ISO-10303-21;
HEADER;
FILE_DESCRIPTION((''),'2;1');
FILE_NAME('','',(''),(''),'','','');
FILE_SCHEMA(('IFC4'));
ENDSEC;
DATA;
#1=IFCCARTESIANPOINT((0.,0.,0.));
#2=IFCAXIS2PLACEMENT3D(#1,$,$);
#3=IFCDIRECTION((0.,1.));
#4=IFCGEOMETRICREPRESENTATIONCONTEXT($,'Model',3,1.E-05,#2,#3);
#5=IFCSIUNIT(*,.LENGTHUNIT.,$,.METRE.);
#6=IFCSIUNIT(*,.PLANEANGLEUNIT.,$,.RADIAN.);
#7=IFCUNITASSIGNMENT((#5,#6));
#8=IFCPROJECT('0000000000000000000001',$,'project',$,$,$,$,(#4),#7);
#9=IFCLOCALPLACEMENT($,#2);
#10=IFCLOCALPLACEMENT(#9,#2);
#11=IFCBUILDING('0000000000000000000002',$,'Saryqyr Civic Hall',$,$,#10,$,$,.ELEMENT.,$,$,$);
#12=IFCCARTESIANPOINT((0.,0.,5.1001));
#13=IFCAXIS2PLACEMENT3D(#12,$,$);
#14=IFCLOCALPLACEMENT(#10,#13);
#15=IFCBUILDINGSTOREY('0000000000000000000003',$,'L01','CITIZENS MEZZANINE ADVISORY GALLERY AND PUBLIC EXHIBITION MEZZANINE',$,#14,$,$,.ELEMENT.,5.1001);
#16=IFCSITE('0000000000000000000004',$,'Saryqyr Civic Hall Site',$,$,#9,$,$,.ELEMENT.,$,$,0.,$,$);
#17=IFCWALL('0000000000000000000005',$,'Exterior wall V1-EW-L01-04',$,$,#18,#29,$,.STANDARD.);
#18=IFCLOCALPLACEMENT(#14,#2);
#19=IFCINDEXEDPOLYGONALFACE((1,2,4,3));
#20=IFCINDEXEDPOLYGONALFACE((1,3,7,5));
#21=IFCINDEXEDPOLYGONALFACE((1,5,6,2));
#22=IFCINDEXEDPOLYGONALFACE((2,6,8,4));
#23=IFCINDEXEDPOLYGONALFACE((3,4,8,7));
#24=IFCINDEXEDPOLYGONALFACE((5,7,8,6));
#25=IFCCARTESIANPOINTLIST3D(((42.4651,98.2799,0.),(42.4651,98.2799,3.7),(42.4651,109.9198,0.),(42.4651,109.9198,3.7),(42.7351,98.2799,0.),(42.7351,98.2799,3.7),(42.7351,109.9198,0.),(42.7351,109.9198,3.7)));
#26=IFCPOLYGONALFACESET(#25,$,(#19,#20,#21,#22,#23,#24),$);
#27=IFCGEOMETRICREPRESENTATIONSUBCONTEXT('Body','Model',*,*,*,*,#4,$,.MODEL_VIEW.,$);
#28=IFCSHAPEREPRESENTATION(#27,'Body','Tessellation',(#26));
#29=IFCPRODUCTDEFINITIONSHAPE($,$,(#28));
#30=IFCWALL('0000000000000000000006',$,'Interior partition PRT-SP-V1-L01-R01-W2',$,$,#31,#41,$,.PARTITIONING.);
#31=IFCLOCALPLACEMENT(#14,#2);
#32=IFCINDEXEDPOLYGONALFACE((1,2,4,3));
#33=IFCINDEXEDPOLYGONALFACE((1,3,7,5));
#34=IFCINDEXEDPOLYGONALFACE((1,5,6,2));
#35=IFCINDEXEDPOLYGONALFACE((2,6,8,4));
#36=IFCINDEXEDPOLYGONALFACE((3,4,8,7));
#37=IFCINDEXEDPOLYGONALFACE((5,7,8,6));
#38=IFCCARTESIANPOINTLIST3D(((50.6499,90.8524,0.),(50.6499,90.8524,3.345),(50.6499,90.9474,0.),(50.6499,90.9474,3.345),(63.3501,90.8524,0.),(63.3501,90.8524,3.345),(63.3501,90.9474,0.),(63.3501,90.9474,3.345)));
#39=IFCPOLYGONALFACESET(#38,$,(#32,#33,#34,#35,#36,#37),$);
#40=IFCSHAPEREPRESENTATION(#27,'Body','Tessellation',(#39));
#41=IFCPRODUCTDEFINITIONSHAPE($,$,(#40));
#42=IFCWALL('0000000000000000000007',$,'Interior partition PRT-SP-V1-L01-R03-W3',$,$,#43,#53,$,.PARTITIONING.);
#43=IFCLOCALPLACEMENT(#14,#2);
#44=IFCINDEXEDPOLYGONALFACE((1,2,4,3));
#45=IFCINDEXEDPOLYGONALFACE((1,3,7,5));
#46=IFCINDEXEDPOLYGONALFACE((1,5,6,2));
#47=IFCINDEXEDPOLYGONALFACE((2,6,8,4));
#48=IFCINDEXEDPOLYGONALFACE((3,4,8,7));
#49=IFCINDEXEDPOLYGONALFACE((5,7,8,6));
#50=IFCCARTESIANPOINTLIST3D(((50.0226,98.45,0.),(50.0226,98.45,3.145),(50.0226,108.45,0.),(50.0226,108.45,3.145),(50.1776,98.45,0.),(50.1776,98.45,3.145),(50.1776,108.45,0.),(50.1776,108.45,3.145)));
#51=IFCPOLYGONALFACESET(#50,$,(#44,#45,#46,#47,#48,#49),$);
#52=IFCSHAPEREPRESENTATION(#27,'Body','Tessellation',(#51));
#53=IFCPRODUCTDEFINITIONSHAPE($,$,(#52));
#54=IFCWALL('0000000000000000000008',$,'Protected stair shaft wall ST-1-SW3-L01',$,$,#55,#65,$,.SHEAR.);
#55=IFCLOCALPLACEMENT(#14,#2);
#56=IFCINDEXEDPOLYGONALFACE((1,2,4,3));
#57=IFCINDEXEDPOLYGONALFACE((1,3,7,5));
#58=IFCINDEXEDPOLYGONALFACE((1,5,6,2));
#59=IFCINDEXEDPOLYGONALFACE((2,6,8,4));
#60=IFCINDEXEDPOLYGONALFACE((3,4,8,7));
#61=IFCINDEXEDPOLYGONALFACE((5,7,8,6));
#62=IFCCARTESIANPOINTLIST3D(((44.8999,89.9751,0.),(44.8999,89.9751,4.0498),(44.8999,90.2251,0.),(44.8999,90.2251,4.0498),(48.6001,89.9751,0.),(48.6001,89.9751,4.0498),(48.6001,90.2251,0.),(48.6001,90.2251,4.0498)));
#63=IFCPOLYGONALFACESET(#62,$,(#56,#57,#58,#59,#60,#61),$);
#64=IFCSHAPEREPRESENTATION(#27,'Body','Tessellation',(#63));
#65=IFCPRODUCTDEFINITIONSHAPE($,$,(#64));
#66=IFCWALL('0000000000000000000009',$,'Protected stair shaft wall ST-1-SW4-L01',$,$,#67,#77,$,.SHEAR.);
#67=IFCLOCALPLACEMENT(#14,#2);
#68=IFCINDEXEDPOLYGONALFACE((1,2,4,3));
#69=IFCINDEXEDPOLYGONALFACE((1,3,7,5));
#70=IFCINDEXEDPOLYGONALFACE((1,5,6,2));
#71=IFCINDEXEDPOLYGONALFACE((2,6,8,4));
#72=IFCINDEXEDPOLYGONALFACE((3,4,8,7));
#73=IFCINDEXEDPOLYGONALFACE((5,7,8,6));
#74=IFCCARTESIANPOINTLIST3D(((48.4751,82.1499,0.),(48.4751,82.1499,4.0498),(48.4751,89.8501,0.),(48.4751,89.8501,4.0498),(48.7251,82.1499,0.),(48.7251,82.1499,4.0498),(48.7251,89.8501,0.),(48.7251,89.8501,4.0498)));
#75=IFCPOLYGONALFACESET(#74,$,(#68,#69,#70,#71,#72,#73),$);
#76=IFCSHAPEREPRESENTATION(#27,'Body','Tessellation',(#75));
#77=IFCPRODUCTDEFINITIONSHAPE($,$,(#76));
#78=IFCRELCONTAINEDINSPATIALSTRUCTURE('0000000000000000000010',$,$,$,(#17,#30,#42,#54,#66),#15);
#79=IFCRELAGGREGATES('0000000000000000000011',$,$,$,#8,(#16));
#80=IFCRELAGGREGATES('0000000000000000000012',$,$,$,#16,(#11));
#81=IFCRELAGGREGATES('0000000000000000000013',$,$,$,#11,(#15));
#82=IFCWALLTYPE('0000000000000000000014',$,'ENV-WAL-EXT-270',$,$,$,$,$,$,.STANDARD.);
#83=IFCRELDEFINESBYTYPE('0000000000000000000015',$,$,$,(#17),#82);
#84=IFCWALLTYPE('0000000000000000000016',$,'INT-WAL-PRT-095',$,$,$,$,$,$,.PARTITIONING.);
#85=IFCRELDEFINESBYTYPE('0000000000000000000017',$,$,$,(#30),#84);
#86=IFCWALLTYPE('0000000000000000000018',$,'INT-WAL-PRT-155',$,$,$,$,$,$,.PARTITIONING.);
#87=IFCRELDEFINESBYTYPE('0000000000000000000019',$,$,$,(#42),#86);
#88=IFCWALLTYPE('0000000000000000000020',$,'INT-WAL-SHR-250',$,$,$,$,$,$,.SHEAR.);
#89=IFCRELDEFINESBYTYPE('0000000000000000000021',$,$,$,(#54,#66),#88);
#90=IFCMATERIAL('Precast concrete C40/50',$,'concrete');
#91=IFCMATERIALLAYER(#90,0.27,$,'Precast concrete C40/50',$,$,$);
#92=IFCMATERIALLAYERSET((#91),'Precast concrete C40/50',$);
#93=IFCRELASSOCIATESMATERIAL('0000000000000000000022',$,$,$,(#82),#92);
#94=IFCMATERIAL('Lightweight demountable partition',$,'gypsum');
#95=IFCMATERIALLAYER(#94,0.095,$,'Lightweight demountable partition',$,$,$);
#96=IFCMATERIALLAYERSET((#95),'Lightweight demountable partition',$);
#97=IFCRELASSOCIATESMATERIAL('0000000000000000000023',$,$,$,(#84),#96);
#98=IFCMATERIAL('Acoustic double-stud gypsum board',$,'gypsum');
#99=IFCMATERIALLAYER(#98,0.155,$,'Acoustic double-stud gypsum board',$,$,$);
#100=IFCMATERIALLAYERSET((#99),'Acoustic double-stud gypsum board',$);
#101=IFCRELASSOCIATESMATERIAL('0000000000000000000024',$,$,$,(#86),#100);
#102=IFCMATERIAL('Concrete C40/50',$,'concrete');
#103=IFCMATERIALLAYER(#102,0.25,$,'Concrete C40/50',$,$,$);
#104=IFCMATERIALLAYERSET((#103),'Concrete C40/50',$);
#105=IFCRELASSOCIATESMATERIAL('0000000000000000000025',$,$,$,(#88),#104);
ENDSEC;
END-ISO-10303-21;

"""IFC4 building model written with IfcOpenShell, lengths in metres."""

from ifc_helpers import new_model, si_unit, direction, frame, frame_2d, origin, place, context, subcontext, project, spatial, rectangle, extrude, material, layer, layer_set, type_object, element, save


model = new_model("IFC4")

# Units and contexts
model_context = context("Model", 3, precision=1e-05, world=origin(), true_north=direction((0.0, 1.0)))
body_context = subcontext(model_context, "Body", "Model", "MODEL_VIEW")
ifc_project = project(units=[si_unit("LENGTHUNIT", "METRE"), si_unit("PLANEANGLEUNIT", "RADIAN")], contexts=[model_context])

# Site, building, storey
site_placement = place(None, origin())
site = spatial("IfcSite", under=ifc_project, at=site_placement, Name="Saryqyr Civic Hall Site", CompositionType="ELEMENT", RefElevation=0.0)
building_placement = place(site_placement, origin())
building = spatial("IfcBuilding", under=site, at=building_placement, Name="Saryqyr Civic Hall", CompositionType="ELEMENT")
storey_placement = place(building_placement, frame((0.0, 0.0, 5.1001)))
storey = spatial("IfcBuildingStorey", under=building, at=storey_placement, Name="L01", Description="CITIZENS MEZZANINE ADVISORY GALLERY AND PUBLIC EXHIBITION MEZZANINE", CompositionType="ELEMENT", Elevation=5.1001)

# Shared definitions
ifc_material_1 = material(Name="Concrete C40/50", Category="concrete")

# Walls
ifc_material_2 = material(Name="Precast concrete C40/50", Category="concrete")
ifc_layer_1 = layer(ifc_material_2, 0.27, Name="Precast concrete C40/50")
ifc_layer_set_1 = layer_set([ifc_layer_1], Name="Precast concrete C40/50")
wall_type_1 = type_object("IfcWallType", Name="ENV-WAL-EXT-270", PredefinedType="STANDARD", material=ifc_layer_set_1)
wall_1_placement = place(storey_placement, frame((42.6001, 98.28, 0.0), z_axis=(0.0, 0.0, 1.0), x_axis=(0.0, 1.0, 0.0)))
element("IfcWall", 1, at=wall_1_placement, inside=storey, type_object=wall_type_1, Name="Exterior wall V1-EW-L01-04", PredefinedType="STANDARD", context=body_context, shape_type="SweptSolid", body=[
    extrude(rectangle(XDim=11.6399, YDim=0.27, at=frame_2d((5.8198, 0.0))), origin(), (0.0, 0.0, 1.0), 3.7),
])
ifc_material_3 = material(Name="Lightweight demountable partition", Category="gypsum")
ifc_layer_2 = layer(ifc_material_3, 0.095, Name="Lightweight demountable partition")
ifc_layer_set_2 = layer_set([ifc_layer_2], Name="Lightweight demountable partition")
wall_type_2 = type_object("IfcWallType", Name="INT-WAL-PRT-095", PredefinedType="PARTITIONING", material=ifc_layer_set_2)
wall_2_placement = place(storey_placement, frame((50.6499, 90.8999, 0.0), z_axis=(0.0, 0.0, 1.0), x_axis=(1.0, 0.0, 0.0)))
element("IfcWall", 2, at=wall_2_placement, inside=storey, type_object=wall_type_2, Name="Interior partition PRT-SP-V1-L01-R01-W2", PredefinedType="PARTITIONING", context=body_context, shape_type="SweptSolid", body=[
    extrude(rectangle(XDim=12.7002, YDim=0.095, at=frame_2d((6.3501, 0.0))), origin(), (0.0, 0.0, 1.0), 3.345),
])
ifc_material_4 = material(Name="Acoustic double-stud gypsum board", Category="gypsum")
ifc_layer_3 = layer(ifc_material_4, 0.155, Name="Acoustic double-stud gypsum board")
ifc_layer_set_3 = layer_set([ifc_layer_3], Name="Acoustic double-stud gypsum board")
wall_type_3 = type_object("IfcWallType", Name="INT-WAL-PRT-155", PredefinedType="PARTITIONING", material=ifc_layer_set_3)
wall_3_placement = place(storey_placement, frame((50.1001, 98.45, 0.0), z_axis=(0.0, 0.0, 1.0), x_axis=(0.0, 1.0, 0.0)))
element("IfcWall", 3, at=wall_3_placement, inside=storey, type_object=wall_type_3, Name="Interior partition PRT-SP-V1-L01-R03-W3", PredefinedType="PARTITIONING", context=body_context, shape_type="SweptSolid", body=[
    extrude(rectangle(XDim=10.0, YDim=0.155, at=frame_2d((5.0, 0.0))), origin(), (0.0, 0.0, 1.0), 3.145),
])
ifc_layer_4 = layer(ifc_material_1, 0.25, Name="Concrete C40/50")
ifc_layer_set_4 = layer_set([ifc_layer_4], Name="Concrete C40/50")
wall_type_4 = type_object("IfcWallType", Name="INT-WAL-SHR-250", PredefinedType="SHEAR", material=ifc_layer_set_4)
wall_4_placement = place(storey_placement, frame((44.8999, 90.1001, 0.0), z_axis=(0.0, 0.0, 1.0), x_axis=(1.0, 0.0, 0.0)))
element("IfcWall", 4, at=wall_4_placement, inside=storey, type_object=wall_type_4, Name="Protected stair shaft wall ST-1-SW3-L01", PredefinedType="SHEAR", context=body_context, shape_type="SweptSolid", body=[
    extrude(rectangle(XDim=3.7002, YDim=0.25, at=frame_2d((1.8501, 0.0))), origin(), (0.0, 0.0, 1.0), 4.0498),
])
wall_5_placement = place(storey_placement, frame((48.6001, 89.8501, 0.0), z_axis=(0.0, 0.0, 1.0), x_axis=(0.0, -1.0, 0.0)))
element("IfcWall", 5, at=wall_5_placement, inside=storey, type_object=wall_type_4, Name="Protected stair shaft wall ST-1-SW4-L01", PredefinedType="SHEAR", context=body_context, shape_type="SweptSolid", body=[
    extrude(rectangle(XDim=7.7002, YDim=0.25, at=frame_2d((3.8501, 0.0))), origin(), (0.0, 0.0, 1.0), 4.0498),
])

save(model, "model.ifc")
